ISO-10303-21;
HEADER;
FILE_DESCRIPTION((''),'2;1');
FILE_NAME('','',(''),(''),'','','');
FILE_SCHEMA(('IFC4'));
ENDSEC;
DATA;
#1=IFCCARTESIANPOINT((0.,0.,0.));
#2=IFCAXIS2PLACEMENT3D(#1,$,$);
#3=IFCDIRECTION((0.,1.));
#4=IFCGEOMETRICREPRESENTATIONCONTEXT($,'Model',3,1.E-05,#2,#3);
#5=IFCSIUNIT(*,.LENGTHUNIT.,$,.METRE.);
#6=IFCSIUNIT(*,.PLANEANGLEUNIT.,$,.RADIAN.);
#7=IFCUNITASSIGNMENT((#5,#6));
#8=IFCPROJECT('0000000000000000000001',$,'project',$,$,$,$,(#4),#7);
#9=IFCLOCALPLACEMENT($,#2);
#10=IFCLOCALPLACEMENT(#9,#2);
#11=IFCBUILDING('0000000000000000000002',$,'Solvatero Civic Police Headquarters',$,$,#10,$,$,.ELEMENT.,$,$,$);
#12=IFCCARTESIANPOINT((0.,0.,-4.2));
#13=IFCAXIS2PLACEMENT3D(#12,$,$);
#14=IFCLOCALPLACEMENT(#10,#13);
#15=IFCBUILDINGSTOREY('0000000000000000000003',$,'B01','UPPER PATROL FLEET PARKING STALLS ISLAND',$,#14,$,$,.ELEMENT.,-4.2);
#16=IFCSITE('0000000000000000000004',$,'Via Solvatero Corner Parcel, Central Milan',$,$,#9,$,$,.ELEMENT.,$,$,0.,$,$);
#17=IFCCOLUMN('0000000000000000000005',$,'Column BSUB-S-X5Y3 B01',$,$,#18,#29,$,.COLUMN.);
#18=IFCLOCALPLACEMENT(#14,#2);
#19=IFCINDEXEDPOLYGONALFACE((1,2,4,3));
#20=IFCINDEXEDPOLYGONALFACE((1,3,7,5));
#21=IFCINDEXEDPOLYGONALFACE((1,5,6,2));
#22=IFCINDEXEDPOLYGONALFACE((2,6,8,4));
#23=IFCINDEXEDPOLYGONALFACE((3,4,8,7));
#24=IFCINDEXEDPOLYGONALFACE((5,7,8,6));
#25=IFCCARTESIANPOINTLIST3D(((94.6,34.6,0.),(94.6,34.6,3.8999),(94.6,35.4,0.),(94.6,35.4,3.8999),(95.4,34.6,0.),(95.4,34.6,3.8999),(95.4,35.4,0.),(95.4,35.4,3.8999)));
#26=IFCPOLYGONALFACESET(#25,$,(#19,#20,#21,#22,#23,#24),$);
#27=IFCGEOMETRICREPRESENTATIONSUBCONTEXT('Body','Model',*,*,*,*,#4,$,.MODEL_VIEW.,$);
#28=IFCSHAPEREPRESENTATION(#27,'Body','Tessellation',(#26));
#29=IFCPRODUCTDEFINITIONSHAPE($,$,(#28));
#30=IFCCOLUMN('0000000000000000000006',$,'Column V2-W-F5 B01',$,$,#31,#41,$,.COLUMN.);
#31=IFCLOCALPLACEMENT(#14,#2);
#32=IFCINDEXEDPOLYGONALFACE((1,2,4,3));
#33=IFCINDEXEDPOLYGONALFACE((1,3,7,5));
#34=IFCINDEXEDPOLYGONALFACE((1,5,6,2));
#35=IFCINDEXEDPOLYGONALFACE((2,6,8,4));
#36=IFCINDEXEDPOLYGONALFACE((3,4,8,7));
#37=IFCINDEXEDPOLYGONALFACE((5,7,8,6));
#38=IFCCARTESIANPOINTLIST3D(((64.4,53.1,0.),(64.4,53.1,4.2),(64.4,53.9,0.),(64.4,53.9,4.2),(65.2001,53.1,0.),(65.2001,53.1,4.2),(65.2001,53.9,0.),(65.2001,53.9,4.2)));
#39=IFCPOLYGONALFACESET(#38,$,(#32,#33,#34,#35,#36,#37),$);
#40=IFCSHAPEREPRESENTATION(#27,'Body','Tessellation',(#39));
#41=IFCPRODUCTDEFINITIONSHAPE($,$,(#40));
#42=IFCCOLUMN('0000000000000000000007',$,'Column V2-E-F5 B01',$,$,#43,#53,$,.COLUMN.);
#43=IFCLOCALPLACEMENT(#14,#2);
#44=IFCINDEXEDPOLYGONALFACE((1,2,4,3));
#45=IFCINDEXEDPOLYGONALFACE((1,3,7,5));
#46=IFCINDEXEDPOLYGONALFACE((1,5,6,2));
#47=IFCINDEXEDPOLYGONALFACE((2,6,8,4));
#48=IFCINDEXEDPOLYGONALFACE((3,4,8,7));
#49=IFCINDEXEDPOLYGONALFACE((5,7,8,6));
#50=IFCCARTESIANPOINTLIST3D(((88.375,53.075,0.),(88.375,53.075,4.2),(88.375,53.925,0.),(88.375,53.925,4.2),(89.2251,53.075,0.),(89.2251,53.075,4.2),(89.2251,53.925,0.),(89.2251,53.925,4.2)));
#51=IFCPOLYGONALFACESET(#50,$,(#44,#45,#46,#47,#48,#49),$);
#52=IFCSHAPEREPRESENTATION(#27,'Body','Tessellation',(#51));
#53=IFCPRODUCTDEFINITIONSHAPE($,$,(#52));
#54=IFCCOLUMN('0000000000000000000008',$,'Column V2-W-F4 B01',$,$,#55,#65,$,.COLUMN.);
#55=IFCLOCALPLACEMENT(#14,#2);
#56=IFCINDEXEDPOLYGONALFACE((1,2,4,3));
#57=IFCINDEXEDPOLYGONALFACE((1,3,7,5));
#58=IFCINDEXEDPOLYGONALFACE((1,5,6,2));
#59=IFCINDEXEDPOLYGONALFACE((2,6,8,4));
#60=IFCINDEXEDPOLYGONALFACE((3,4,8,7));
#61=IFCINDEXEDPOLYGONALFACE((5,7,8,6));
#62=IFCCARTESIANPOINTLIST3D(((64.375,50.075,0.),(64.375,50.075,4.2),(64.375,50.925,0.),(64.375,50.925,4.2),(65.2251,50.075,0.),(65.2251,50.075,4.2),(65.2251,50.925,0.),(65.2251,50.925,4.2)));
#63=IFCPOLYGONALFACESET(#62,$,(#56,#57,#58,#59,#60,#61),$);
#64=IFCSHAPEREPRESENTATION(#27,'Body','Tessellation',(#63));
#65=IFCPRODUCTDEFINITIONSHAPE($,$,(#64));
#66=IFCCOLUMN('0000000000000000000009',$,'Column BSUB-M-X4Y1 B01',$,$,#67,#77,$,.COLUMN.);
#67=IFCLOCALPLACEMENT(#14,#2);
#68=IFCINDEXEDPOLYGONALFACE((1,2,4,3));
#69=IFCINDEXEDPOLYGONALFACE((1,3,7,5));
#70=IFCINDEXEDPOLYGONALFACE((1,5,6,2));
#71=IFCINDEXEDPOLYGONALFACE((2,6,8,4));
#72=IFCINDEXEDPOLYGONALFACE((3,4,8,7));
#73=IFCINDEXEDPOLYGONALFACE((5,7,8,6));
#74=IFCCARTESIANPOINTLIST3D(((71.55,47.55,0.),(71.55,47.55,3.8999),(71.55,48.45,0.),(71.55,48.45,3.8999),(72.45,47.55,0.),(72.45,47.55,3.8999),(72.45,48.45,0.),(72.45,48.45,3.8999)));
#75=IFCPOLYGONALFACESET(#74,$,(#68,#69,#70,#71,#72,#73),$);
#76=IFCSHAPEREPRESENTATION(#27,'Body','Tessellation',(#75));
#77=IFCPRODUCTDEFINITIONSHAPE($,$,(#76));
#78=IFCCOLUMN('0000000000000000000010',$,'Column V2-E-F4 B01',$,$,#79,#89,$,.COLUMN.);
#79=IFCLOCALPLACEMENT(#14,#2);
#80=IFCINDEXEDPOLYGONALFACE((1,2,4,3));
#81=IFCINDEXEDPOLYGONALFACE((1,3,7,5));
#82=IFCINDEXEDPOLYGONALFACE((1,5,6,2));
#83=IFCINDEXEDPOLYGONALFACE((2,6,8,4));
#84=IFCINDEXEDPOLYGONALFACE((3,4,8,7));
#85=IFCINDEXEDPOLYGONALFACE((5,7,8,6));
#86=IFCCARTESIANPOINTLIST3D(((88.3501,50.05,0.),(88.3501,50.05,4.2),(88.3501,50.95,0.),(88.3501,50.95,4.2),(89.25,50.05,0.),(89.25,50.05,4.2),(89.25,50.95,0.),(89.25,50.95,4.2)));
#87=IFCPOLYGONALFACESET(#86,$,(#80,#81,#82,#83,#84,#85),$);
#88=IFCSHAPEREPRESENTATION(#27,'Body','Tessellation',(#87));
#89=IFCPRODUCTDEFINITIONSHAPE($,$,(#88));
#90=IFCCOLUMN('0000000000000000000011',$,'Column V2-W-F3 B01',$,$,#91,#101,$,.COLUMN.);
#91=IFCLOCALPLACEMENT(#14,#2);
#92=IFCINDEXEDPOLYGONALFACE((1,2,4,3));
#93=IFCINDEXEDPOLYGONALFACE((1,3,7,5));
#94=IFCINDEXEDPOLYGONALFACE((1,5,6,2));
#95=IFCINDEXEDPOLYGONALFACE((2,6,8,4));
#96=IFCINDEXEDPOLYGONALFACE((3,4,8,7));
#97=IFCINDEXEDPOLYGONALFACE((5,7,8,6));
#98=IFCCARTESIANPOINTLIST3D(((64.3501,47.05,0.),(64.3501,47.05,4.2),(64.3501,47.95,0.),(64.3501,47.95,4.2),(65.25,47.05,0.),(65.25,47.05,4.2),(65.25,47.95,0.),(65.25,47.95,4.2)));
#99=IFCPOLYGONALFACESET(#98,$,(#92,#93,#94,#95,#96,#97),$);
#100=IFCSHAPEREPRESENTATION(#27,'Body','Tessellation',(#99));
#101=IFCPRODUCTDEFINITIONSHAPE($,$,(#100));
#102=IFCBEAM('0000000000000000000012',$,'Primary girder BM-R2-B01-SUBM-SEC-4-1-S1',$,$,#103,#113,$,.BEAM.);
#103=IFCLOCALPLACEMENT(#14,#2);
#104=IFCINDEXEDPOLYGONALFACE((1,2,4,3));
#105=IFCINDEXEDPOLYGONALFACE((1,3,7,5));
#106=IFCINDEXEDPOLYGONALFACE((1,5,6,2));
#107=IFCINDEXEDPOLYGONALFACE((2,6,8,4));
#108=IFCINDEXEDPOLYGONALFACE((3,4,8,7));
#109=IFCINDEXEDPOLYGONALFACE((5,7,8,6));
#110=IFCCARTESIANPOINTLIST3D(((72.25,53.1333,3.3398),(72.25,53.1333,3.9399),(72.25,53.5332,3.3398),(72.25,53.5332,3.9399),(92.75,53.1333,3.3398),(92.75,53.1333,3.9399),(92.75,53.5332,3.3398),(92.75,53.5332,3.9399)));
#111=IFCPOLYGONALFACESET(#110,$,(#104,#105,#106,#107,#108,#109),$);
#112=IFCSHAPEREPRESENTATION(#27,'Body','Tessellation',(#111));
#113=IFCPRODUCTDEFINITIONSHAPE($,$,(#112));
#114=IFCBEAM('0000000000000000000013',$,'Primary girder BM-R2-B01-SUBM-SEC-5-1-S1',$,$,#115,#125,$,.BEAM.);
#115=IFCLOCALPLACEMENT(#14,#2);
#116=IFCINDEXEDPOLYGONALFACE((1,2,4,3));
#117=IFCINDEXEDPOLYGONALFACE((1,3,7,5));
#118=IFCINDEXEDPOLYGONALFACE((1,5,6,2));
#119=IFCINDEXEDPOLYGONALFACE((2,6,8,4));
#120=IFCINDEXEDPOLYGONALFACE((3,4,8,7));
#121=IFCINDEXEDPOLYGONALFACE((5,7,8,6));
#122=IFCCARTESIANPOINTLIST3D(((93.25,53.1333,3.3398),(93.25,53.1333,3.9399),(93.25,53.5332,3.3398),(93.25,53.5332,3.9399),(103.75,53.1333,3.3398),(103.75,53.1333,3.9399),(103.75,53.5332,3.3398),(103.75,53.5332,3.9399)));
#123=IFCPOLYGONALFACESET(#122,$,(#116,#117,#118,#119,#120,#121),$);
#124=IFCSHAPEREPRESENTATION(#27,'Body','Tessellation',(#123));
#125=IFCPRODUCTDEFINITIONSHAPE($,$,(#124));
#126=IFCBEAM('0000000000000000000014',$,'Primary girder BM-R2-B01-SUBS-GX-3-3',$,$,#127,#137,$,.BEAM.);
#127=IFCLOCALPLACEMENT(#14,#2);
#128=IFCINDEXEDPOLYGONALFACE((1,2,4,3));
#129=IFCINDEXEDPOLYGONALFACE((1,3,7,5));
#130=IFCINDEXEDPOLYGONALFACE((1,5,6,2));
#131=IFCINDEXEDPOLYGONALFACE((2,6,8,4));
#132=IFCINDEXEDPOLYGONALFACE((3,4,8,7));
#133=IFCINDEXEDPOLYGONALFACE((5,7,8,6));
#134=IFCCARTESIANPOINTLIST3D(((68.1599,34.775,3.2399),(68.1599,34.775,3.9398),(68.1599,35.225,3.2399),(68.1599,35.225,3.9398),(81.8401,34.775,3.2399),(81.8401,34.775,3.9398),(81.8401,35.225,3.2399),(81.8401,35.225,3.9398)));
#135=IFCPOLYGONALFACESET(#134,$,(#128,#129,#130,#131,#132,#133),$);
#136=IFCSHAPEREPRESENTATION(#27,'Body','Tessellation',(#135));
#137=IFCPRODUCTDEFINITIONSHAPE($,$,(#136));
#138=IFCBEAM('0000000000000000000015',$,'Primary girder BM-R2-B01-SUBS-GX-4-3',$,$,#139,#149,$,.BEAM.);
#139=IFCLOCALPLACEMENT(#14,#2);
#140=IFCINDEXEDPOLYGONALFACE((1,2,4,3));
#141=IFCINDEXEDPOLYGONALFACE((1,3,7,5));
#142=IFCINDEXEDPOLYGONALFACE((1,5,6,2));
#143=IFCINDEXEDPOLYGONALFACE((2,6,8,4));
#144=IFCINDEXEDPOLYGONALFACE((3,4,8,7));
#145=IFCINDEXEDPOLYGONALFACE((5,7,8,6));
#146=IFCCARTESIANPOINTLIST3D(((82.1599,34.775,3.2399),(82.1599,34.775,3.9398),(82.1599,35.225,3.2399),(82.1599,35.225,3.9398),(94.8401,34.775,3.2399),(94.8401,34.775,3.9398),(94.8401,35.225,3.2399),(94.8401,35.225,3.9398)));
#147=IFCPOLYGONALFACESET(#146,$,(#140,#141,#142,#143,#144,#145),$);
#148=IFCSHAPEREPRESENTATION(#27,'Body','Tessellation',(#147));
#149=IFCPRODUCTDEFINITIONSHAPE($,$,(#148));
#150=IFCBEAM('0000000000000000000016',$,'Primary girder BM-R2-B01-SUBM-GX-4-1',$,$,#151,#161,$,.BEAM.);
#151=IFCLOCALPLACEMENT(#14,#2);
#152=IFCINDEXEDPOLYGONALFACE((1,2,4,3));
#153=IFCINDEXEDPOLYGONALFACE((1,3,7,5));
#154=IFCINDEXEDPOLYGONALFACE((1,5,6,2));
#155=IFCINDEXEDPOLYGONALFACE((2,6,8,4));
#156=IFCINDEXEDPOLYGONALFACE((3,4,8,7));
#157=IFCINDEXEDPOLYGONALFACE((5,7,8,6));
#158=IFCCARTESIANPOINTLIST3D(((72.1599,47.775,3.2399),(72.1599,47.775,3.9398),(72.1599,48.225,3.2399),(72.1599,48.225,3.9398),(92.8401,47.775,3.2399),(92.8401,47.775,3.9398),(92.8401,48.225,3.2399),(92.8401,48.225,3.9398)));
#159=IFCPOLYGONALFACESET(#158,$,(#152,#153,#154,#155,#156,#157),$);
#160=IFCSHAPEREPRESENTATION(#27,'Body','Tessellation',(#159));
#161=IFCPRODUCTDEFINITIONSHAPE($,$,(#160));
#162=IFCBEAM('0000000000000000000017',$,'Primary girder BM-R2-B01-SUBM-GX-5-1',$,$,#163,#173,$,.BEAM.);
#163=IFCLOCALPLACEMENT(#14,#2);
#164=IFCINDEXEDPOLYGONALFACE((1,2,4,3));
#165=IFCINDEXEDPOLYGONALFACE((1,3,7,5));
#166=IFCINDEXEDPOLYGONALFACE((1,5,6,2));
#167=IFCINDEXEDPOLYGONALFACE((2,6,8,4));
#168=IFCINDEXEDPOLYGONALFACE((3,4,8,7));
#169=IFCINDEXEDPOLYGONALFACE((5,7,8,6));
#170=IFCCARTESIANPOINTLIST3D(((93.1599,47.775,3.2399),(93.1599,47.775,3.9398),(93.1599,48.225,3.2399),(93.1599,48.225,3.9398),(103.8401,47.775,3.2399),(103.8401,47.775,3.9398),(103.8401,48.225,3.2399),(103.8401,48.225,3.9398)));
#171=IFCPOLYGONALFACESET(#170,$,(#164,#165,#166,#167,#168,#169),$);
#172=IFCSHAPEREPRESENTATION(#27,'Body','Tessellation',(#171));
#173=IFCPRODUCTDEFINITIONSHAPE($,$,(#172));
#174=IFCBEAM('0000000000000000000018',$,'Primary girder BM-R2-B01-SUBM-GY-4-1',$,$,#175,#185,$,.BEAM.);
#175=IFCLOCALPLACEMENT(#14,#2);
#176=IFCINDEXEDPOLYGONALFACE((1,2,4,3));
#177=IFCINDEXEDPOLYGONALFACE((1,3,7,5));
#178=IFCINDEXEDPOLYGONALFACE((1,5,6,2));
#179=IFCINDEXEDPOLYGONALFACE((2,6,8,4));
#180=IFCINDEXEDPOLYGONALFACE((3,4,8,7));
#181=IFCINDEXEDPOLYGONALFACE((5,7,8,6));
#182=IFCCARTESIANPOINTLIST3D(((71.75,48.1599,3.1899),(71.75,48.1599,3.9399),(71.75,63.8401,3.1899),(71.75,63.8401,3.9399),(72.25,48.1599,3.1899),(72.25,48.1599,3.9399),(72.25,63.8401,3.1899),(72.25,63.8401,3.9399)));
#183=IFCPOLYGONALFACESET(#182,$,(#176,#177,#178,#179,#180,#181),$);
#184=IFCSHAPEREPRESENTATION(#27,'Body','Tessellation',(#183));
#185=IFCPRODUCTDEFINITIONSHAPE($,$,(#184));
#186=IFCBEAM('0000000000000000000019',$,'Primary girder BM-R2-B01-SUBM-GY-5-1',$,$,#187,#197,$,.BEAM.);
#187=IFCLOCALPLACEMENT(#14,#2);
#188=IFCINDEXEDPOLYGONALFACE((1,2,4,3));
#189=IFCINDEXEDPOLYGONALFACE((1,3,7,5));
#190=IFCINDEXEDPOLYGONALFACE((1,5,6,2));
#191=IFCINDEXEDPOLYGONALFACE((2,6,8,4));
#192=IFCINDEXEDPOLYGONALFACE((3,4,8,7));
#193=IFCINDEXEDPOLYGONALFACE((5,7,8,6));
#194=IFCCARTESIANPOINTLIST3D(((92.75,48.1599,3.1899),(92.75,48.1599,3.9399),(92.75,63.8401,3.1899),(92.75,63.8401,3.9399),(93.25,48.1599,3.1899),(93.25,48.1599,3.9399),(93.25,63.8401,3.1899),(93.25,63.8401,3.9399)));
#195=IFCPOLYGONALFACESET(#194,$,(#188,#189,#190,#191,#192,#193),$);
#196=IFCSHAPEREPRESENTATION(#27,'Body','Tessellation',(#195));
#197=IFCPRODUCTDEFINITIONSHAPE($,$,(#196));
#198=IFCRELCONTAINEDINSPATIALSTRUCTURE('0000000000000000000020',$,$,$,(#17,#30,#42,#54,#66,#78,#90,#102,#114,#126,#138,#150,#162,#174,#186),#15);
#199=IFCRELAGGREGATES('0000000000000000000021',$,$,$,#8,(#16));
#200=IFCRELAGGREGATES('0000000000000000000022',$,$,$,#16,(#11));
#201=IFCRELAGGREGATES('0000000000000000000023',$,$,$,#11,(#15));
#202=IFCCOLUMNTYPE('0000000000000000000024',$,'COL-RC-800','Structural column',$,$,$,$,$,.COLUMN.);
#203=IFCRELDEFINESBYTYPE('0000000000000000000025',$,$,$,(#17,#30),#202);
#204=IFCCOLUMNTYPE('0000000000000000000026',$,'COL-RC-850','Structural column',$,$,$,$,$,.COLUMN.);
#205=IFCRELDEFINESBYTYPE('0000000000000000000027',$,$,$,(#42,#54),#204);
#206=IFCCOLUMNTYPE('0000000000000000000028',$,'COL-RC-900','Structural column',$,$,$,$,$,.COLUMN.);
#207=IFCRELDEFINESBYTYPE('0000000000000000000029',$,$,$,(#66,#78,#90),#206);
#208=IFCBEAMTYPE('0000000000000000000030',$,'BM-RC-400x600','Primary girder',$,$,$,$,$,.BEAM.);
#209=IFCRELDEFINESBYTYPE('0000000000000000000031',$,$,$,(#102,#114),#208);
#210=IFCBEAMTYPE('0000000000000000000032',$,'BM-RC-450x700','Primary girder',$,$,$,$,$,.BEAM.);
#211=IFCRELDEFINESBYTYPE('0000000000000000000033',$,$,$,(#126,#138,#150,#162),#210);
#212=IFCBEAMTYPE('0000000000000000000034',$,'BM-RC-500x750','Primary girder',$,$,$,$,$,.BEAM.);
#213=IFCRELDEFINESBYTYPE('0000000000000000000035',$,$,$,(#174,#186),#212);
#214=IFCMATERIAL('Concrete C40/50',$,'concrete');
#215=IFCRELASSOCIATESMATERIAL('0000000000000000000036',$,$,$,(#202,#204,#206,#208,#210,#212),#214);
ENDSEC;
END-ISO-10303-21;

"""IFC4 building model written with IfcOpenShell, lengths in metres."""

from ifc_helpers import new_model, si_unit, direction, frame, origin, origin_2d, place, context, subcontext, project, spatial, rectangle, extrude, material, material_profile, profile_set, type_object, element, save


model = new_model("IFC4")

# Units and contexts
model_context = context("Model", 3, precision=1e-05, world=origin(), true_north=direction((0.0, 1.0)))
body_context = subcontext(model_context, "Body", "Model", "MODEL_VIEW")
ifc_project = project(units=[si_unit("LENGTHUNIT", "METRE"), si_unit("PLANEANGLEUNIT", "RADIAN")], contexts=[model_context])

# Site, building, storey
site_placement = place(None, origin())
site = spatial("IfcSite", under=ifc_project, at=site_placement, Name="Via Solvatero Corner Parcel, Central Milan", CompositionType="ELEMENT", RefElevation=0.0)
building_placement = place(site_placement, origin())
building = spatial("IfcBuilding", under=site, at=building_placement, Name="Solvatero Civic Police Headquarters", CompositionType="ELEMENT")
storey_placement = place(building_placement, frame((0.0, 0.0, -4.2)))
storey = spatial("IfcBuildingStorey", under=building, at=storey_placement, Name="B01", Description="UPPER PATROL FLEET PARKING STALLS ISLAND", CompositionType="ELEMENT", Elevation=-4.2)

# Columns
ifc_material = material(Name="Concrete C40/50", Category="concrete")
ifc_material_profile_1 = material_profile(ifc_material, rectangle(XDim=0.8, YDim=0.8, at=origin_2d()), Name="RC 800x800")
ifc_profile_set_1 = profile_set([ifc_material_profile_1], Name="Concrete C40/50")
column_type_1 = type_object("IfcColumnType", Name="COL-RC-800", Description="Structural column", PredefinedType="COLUMN", material=ifc_profile_set_1)
column_1_placement = place(storey_placement, frame((95.0, 35.0, 0.0), z_axis=(0.0, 0.0, 1.0), x_axis=(1.0, 0.0, 0.0)))
element("IfcColumn", 1, at=column_1_placement, inside=storey, type_object=column_type_1, Name="Column BSUB-S-X5Y3 B01", PredefinedType="COLUMN", context=body_context, shape_type="SweptSolid", body=[
    extrude(rectangle(XDim=0.8, YDim=0.8, at=origin_2d()), origin(), (0.0, 0.0, 1.0), 3.8999),
])
column_2_placement = place(storey_placement, frame((64.8, 53.5, 0.0), z_axis=(0.0, 0.0, 1.0), x_axis=(1.0, 0.0, 0.0)))
element("IfcColumn", 2, at=column_2_placement, inside=storey, type_object=column_type_1, Name="Column V2-W-F5 B01", PredefinedType="COLUMN", context=body_context, shape_type="SweptSolid", body=[
    extrude(rectangle(XDim=0.8, YDim=0.8, at=origin_2d()), origin(), (0.0, 0.0, 1.0), 4.2),
])
ifc_material_profile_2 = material_profile(ifc_material, rectangle(XDim=0.8501, YDim=0.8501, at=origin_2d()), Name="RC 850x850")
ifc_profile_set_2 = profile_set([ifc_material_profile_2], Name="Concrete C40/50")
column_type_2 = type_object("IfcColumnType", Name="COL-RC-850", Description="Structural column", PredefinedType="COLUMN", material=ifc_profile_set_2)
for number, where, z_axis, x_axis, name in (
    (3, (88.8, 53.5, 0.0), (0.0, 0.0, 1.0), (1.0, 0.0, 0.0), "Column V2-E-F5 B01"),
    (4, (64.8, 50.5, 0.0), (0.0, 0.0, 1.0), (1.0, 0.0, 0.0), "Column V2-W-F4 B01"),
):
    element("IfcColumn", number, at=place(storey_placement, frame(where, z_axis=z_axis, x_axis=x_axis)), inside=storey, type_object=column_type_2, Name=name, PredefinedType="COLUMN", context=body_context, shape_type="SweptSolid", body=[
        extrude(rectangle(XDim=0.8501, YDim=0.8501, at=origin_2d()), origin(), (0.0, 0.0, 1.0), 4.2),
    ])
ifc_material_profile_3 = material_profile(ifc_material, rectangle(XDim=0.8999, YDim=0.8999, at=origin_2d()), Name="RC 900x900")
ifc_profile_set_3 = profile_set([ifc_material_profile_3], Name="Concrete C40/50")
column_type_3 = type_object("IfcColumnType", Name="COL-RC-900", Description="Structural column", PredefinedType="COLUMN", material=ifc_profile_set_3)
column_3_placement = place(storey_placement, frame((72.0, 48.0, 0.0), z_axis=(0.0, 0.0, 1.0), x_axis=(1.0, 0.0, 0.0)))
element("IfcColumn", 5, at=column_3_placement, inside=storey, type_object=column_type_3, Name="Column BSUB-M-X4Y1 B01", PredefinedType="COLUMN", context=body_context, shape_type="SweptSolid", body=[
    extrude(rectangle(XDim=0.8999, YDim=0.8999, at=origin_2d()), origin(), (0.0, 0.0, 1.0), 3.8999),
])
for number, where, z_axis, x_axis, name in (
    (6, (88.8, 50.5, 0.0), (0.0, 0.0, 1.0), (1.0, 0.0, 0.0), "Column V2-E-F4 B01"),
    (7, (64.8, 47.5, 0.0), (0.0, 0.0, 1.0), (1.0, 0.0, 0.0), "Column V2-W-F3 B01"),
):
    element("IfcColumn", number, at=place(storey_placement, frame(where, z_axis=z_axis, x_axis=x_axis)), inside=storey, type_object=column_type_3, Name=name, PredefinedType="COLUMN", context=body_context, shape_type="SweptSolid", body=[
        extrude(rectangle(XDim=0.8999, YDim=0.8999, at=origin_2d()), origin(), (0.0, 0.0, 1.0), 4.2),
    ])

# Beams
ifc_material_profile_4 = material_profile(ifc_material, rectangle(XDim=0.3999, YDim=0.6001, at=origin_2d()), Name="RC 400x600")
ifc_profile_set_4 = profile_set([ifc_material_profile_4], Name="Concrete C40/50")
beam_type_1 = type_object("IfcBeamType", Name="BM-RC-400x600", Description="Primary girder", PredefinedType="BEAM", material=ifc_profile_set_4)
beam_1_placement = place(storey_placement, frame((72.25, 53.3333, 3.6399), z_axis=(1.0, 0.0, 0.0), x_axis=(0.0, 1.0, 0.0)))
element("IfcBeam", 8, at=beam_1_placement, inside=storey, type_object=beam_type_1, Name="Primary girder BM-R2-B01-SUBM-SEC-4-1-S1", PredefinedType="BEAM", context=body_context, shape_type="SweptSolid", body=[
    extrude(rectangle(XDim=0.3999, YDim=0.6001, at=origin_2d()), origin(), (0.0, 0.0, 1.0), 20.5),
])
beam_2_placement = place(storey_placement, frame((93.25, 53.3333, 3.6399), z_axis=(1.0, 0.0, 0.0), x_axis=(0.0, 1.0, 0.0)))
element("IfcBeam", 9, at=beam_2_placement, inside=storey, type_object=beam_type_1, Name="Primary girder BM-R2-B01-SUBM-SEC-5-1-S1", PredefinedType="BEAM", context=body_context, shape_type="SweptSolid", body=[
    extrude(rectangle(XDim=0.3999, YDim=0.6001, at=origin_2d()), origin(), (0.0, 0.0, 1.0), 10.5),
])
ifc_material_profile_5 = material_profile(ifc_material, rectangle(XDim=0.45, YDim=0.7, at=origin_2d()), Name="RC 450x700")
ifc_profile_set_5 = profile_set([ifc_material_profile_5], Name="Concrete C40/50")
beam_type_2 = type_object("IfcBeamType", Name="BM-RC-450x700", Description="Primary girder", PredefinedType="BEAM", material=ifc_profile_set_5)
beam_3_placement = place(storey_placement, frame((68.1599, 35.0, 3.5898), z_axis=(1.0, 0.0, 0.0), x_axis=(0.0, 1.0, 0.0)))
element("IfcBeam", 10, at=beam_3_placement, inside=storey, type_object=beam_type_2, Name="Primary girder BM-R2-B01-SUBS-GX-3-3", PredefinedType="BEAM", context=body_context, shape_type="SweptSolid", body=[
    extrude(rectangle(XDim=0.45, YDim=0.7, at=origin_2d()), origin(), (0.0, 0.0, 1.0), 13.6802),
])
beam_4_placement = place(storey_placement, frame((82.1599, 35.0, 3.5898), z_axis=(1.0, 0.0, 0.0), x_axis=(0.0, 1.0, 0.0)))
element("IfcBeam", 11, at=beam_4_placement, inside=storey, type_object=beam_type_2, Name="Primary girder BM-R2-B01-SUBS-GX-4-3", PredefinedType="BEAM", context=body_context, shape_type="SweptSolid", body=[
    extrude(rectangle(XDim=0.45, YDim=0.7, at=origin_2d()), origin(), (0.0, 0.0, 1.0), 12.6802),
])
beam_5_placement = place(storey_placement, frame((72.1599, 48.0, 3.5898), z_axis=(1.0, 0.0, 0.0), x_axis=(0.0, 1.0, 0.0)))
element("IfcBeam", 12, at=beam_5_placement, inside=storey, type_object=beam_type_2, Name="Primary girder BM-R2-B01-SUBM-GX-4-1", PredefinedType="BEAM", context=body_context, shape_type="SweptSolid", body=[
    extrude(rectangle(XDim=0.45, YDim=0.7, at=origin_2d()), origin(), (0.0, 0.0, 1.0), 20.6802),
])
beam_6_placement = place(storey_placement, frame((93.1599, 48.0, 3.5898), z_axis=(1.0, 0.0, 0.0), x_axis=(0.0, 1.0, 0.0)))
element("IfcBeam", 13, at=beam_6_placement, inside=storey, type_object=beam_type_2, Name="Primary girder BM-R2-B01-SUBM-GX-5-1", PredefinedType="BEAM", context=body_context, shape_type="SweptSolid", body=[
    extrude(rectangle(XDim=0.45, YDim=0.7, at=origin_2d()), origin(), (0.0, 0.0, 1.0), 10.6802),
])
ifc_material_profile_6 = material_profile(ifc_material, rectangle(XDim=0.5, YDim=0.75, at=origin_2d()), Name="RC 500x750")
ifc_profile_set_6 = profile_set([ifc_material_profile_6], Name="Concrete C40/50")
beam_type_3 = type_object("IfcBeamType", Name="BM-RC-500x750", Description="Primary girder", PredefinedType="BEAM", material=ifc_profile_set_6)
for number, where, z_axis, x_axis, name in (
    (14, (72.0, 48.1599, 3.5649), (0.0, 1.0, 0.0), (-1.0, 0.0, 0.0), "Primary girder BM-R2-B01-SUBM-GY-4-1"),
    (15, (93.0, 48.1599, 3.5649), (0.0, 1.0, 0.0), (-1.0, 0.0, 0.0), "Primary girder BM-R2-B01-SUBM-GY-5-1"),
):
    element("IfcBeam", number, at=place(storey_placement, frame(where, z_axis=z_axis, x_axis=x_axis)), inside=storey, type_object=beam_type_3, Name=name, PredefinedType="BEAM", context=body_context, shape_type="SweptSolid", body=[
        extrude(rectangle(XDim=0.5, YDim=0.75, at=origin_2d()), origin(), (0.0, 0.0, 1.0), 15.6802),
    ])

save(model, "model.ifc")
